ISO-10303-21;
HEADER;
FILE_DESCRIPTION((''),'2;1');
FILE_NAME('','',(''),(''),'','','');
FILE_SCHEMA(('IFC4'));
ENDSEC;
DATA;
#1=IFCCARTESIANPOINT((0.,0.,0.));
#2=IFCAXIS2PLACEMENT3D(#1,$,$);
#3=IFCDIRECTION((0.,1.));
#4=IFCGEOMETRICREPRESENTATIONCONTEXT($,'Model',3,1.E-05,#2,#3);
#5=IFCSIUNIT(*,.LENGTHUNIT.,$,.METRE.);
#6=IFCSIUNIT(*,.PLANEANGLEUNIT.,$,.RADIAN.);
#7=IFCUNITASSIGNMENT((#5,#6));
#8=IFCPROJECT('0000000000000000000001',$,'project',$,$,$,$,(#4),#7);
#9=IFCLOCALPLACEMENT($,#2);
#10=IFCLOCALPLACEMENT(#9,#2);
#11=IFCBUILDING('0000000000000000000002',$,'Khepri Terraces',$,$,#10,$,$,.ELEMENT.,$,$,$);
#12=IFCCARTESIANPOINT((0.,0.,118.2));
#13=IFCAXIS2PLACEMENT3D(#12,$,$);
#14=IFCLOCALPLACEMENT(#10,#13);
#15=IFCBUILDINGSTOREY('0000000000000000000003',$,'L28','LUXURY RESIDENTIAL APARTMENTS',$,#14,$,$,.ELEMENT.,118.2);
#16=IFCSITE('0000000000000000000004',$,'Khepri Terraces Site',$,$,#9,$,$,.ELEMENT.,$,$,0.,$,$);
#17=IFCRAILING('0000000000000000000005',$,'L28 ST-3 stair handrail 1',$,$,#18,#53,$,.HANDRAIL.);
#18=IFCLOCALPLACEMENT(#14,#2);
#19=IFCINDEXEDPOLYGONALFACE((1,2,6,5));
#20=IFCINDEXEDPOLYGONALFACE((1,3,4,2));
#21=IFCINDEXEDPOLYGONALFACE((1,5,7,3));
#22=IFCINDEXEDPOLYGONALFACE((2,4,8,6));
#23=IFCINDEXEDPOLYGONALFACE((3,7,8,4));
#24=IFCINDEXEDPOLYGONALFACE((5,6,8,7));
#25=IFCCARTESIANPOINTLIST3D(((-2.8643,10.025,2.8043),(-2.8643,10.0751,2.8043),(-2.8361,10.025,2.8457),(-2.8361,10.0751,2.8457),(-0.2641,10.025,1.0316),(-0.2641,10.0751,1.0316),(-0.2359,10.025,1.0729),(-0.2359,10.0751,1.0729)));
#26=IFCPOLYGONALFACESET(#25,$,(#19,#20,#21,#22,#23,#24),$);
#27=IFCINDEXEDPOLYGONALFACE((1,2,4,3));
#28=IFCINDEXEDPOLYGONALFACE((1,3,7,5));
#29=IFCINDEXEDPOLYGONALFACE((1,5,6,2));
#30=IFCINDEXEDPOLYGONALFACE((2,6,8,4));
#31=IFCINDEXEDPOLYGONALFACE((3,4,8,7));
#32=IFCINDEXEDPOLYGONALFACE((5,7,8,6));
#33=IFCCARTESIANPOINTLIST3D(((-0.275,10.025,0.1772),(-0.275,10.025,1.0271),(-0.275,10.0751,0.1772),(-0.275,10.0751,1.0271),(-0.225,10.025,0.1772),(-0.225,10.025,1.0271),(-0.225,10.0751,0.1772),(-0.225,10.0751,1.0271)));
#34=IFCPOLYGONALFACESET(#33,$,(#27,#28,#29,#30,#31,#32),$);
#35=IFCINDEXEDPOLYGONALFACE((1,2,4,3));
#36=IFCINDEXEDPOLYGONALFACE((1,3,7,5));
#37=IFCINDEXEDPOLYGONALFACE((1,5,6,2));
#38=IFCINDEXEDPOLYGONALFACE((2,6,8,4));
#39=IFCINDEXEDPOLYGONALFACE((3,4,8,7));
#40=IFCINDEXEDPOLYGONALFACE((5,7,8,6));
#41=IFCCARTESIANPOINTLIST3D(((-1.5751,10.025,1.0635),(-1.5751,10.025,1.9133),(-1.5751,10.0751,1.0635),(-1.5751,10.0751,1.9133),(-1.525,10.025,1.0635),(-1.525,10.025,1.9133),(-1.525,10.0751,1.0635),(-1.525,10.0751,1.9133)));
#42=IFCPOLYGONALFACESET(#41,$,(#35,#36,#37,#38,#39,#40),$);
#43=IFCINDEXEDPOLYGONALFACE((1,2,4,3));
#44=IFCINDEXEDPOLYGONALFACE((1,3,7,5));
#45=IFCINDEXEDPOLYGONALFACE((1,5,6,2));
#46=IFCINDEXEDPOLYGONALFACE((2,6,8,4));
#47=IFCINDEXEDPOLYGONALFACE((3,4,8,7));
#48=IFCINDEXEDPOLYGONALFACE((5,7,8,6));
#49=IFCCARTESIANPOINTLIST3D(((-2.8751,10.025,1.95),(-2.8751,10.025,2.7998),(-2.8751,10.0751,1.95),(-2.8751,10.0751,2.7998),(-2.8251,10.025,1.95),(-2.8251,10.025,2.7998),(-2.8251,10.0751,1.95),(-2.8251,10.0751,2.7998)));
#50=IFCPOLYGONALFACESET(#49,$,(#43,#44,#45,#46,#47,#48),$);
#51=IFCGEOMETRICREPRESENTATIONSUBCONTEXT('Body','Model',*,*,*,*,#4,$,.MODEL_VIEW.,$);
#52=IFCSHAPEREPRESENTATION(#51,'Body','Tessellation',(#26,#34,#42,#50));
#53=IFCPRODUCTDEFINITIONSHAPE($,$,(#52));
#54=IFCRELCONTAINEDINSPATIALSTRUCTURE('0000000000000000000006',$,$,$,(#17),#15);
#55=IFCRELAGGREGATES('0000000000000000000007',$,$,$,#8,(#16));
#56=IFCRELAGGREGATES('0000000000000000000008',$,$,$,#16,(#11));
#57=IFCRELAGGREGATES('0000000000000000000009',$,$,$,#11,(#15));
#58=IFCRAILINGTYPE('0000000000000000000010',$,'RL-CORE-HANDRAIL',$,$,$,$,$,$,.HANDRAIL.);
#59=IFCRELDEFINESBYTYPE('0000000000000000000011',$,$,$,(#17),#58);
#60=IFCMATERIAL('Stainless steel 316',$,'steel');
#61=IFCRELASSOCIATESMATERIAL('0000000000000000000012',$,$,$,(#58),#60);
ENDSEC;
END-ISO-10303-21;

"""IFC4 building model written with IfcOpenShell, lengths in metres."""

from ifc_helpers import new_model, si_unit, direction, frame, origin, origin_2d, place, context, subcontext, project, spatial, rectangle, extrude, material, type_object, element, save


model = new_model("IFC4")

# Units and contexts
model_context = context("Model", 3, precision=1e-05, world=origin(), true_north=direction((0.0, 1.0)))
body_context = subcontext(model_context, "Body", "Model", "MODEL_VIEW")
ifc_project = project(units=[si_unit("LENGTHUNIT", "METRE"), si_unit("PLANEANGLEUNIT", "RADIAN")], contexts=[model_context])

# Site, building, storey
site_placement = place(None, origin())
site = spatial("IfcSite", under=ifc_project, at=site_placement, Name="Khepri Terraces Site", CompositionType="ELEMENT", RefElevation=0.0)
building_placement = place(site_placement, origin())
building = spatial("IfcBuilding", under=site, at=building_placement, Name="Khepri Terraces", CompositionType="ELEMENT")
storey_placement = place(building_placement, frame((0.0, 0.0, 118.2)))
storey = spatial("IfcBuildingStorey", under=building, at=storey_placement, Name="L28", Description="LUXURY RESIDENTIAL APARTMENTS", CompositionType="ELEMENT", Elevation=118.2)

# Railing
ifc_material_1 = material(Name="Stainless steel 316", Category="steel")
railing_type_1 = type_object("IfcRailingType", Name="RL-CORE-HANDRAIL", PredefinedType="HANDRAIL", material=ifc_material_1)
railing_1_placement = place(storey_placement, frame((-0.25, 10.05, 0.1772)))
element("IfcRailing", 1, at=railing_1_placement, inside=storey, type_object=railing_type_1, Name="L28 ST-3 stair handrail 1", PredefinedType="HANDRAIL", context=body_context, shape_type="SweptSolid", body=[
    extrude(rectangle(XDim=0.05, YDim=0.05, at=origin_2d()), frame((0.0, 0.0, 0.875), z_axis=(-0.82624, 0.0, 0.563318), x_axis=(0.0, -1.0, 0.0)), (0.0, 0.0, 1.0), 3.147),
    extrude(rectangle(XDim=0.05, YDim=0.05, at=origin_2d()), origin(), (0.0, 0.0, 1.0), 0.8499),
    extrude(rectangle(XDim=0.05, YDim=0.05, at=origin_2d()), frame((-1.3, 0.0, 0.8862)), (0.0, 0.0, 1.0), 0.8499),
    extrude(rectangle(XDim=0.05, YDim=0.05, at=origin_2d()), frame((-2.6001, 0.0, 1.7727)), (0.0, 0.0, 1.0), 0.8499),
])

save(model, "model.ifc")
